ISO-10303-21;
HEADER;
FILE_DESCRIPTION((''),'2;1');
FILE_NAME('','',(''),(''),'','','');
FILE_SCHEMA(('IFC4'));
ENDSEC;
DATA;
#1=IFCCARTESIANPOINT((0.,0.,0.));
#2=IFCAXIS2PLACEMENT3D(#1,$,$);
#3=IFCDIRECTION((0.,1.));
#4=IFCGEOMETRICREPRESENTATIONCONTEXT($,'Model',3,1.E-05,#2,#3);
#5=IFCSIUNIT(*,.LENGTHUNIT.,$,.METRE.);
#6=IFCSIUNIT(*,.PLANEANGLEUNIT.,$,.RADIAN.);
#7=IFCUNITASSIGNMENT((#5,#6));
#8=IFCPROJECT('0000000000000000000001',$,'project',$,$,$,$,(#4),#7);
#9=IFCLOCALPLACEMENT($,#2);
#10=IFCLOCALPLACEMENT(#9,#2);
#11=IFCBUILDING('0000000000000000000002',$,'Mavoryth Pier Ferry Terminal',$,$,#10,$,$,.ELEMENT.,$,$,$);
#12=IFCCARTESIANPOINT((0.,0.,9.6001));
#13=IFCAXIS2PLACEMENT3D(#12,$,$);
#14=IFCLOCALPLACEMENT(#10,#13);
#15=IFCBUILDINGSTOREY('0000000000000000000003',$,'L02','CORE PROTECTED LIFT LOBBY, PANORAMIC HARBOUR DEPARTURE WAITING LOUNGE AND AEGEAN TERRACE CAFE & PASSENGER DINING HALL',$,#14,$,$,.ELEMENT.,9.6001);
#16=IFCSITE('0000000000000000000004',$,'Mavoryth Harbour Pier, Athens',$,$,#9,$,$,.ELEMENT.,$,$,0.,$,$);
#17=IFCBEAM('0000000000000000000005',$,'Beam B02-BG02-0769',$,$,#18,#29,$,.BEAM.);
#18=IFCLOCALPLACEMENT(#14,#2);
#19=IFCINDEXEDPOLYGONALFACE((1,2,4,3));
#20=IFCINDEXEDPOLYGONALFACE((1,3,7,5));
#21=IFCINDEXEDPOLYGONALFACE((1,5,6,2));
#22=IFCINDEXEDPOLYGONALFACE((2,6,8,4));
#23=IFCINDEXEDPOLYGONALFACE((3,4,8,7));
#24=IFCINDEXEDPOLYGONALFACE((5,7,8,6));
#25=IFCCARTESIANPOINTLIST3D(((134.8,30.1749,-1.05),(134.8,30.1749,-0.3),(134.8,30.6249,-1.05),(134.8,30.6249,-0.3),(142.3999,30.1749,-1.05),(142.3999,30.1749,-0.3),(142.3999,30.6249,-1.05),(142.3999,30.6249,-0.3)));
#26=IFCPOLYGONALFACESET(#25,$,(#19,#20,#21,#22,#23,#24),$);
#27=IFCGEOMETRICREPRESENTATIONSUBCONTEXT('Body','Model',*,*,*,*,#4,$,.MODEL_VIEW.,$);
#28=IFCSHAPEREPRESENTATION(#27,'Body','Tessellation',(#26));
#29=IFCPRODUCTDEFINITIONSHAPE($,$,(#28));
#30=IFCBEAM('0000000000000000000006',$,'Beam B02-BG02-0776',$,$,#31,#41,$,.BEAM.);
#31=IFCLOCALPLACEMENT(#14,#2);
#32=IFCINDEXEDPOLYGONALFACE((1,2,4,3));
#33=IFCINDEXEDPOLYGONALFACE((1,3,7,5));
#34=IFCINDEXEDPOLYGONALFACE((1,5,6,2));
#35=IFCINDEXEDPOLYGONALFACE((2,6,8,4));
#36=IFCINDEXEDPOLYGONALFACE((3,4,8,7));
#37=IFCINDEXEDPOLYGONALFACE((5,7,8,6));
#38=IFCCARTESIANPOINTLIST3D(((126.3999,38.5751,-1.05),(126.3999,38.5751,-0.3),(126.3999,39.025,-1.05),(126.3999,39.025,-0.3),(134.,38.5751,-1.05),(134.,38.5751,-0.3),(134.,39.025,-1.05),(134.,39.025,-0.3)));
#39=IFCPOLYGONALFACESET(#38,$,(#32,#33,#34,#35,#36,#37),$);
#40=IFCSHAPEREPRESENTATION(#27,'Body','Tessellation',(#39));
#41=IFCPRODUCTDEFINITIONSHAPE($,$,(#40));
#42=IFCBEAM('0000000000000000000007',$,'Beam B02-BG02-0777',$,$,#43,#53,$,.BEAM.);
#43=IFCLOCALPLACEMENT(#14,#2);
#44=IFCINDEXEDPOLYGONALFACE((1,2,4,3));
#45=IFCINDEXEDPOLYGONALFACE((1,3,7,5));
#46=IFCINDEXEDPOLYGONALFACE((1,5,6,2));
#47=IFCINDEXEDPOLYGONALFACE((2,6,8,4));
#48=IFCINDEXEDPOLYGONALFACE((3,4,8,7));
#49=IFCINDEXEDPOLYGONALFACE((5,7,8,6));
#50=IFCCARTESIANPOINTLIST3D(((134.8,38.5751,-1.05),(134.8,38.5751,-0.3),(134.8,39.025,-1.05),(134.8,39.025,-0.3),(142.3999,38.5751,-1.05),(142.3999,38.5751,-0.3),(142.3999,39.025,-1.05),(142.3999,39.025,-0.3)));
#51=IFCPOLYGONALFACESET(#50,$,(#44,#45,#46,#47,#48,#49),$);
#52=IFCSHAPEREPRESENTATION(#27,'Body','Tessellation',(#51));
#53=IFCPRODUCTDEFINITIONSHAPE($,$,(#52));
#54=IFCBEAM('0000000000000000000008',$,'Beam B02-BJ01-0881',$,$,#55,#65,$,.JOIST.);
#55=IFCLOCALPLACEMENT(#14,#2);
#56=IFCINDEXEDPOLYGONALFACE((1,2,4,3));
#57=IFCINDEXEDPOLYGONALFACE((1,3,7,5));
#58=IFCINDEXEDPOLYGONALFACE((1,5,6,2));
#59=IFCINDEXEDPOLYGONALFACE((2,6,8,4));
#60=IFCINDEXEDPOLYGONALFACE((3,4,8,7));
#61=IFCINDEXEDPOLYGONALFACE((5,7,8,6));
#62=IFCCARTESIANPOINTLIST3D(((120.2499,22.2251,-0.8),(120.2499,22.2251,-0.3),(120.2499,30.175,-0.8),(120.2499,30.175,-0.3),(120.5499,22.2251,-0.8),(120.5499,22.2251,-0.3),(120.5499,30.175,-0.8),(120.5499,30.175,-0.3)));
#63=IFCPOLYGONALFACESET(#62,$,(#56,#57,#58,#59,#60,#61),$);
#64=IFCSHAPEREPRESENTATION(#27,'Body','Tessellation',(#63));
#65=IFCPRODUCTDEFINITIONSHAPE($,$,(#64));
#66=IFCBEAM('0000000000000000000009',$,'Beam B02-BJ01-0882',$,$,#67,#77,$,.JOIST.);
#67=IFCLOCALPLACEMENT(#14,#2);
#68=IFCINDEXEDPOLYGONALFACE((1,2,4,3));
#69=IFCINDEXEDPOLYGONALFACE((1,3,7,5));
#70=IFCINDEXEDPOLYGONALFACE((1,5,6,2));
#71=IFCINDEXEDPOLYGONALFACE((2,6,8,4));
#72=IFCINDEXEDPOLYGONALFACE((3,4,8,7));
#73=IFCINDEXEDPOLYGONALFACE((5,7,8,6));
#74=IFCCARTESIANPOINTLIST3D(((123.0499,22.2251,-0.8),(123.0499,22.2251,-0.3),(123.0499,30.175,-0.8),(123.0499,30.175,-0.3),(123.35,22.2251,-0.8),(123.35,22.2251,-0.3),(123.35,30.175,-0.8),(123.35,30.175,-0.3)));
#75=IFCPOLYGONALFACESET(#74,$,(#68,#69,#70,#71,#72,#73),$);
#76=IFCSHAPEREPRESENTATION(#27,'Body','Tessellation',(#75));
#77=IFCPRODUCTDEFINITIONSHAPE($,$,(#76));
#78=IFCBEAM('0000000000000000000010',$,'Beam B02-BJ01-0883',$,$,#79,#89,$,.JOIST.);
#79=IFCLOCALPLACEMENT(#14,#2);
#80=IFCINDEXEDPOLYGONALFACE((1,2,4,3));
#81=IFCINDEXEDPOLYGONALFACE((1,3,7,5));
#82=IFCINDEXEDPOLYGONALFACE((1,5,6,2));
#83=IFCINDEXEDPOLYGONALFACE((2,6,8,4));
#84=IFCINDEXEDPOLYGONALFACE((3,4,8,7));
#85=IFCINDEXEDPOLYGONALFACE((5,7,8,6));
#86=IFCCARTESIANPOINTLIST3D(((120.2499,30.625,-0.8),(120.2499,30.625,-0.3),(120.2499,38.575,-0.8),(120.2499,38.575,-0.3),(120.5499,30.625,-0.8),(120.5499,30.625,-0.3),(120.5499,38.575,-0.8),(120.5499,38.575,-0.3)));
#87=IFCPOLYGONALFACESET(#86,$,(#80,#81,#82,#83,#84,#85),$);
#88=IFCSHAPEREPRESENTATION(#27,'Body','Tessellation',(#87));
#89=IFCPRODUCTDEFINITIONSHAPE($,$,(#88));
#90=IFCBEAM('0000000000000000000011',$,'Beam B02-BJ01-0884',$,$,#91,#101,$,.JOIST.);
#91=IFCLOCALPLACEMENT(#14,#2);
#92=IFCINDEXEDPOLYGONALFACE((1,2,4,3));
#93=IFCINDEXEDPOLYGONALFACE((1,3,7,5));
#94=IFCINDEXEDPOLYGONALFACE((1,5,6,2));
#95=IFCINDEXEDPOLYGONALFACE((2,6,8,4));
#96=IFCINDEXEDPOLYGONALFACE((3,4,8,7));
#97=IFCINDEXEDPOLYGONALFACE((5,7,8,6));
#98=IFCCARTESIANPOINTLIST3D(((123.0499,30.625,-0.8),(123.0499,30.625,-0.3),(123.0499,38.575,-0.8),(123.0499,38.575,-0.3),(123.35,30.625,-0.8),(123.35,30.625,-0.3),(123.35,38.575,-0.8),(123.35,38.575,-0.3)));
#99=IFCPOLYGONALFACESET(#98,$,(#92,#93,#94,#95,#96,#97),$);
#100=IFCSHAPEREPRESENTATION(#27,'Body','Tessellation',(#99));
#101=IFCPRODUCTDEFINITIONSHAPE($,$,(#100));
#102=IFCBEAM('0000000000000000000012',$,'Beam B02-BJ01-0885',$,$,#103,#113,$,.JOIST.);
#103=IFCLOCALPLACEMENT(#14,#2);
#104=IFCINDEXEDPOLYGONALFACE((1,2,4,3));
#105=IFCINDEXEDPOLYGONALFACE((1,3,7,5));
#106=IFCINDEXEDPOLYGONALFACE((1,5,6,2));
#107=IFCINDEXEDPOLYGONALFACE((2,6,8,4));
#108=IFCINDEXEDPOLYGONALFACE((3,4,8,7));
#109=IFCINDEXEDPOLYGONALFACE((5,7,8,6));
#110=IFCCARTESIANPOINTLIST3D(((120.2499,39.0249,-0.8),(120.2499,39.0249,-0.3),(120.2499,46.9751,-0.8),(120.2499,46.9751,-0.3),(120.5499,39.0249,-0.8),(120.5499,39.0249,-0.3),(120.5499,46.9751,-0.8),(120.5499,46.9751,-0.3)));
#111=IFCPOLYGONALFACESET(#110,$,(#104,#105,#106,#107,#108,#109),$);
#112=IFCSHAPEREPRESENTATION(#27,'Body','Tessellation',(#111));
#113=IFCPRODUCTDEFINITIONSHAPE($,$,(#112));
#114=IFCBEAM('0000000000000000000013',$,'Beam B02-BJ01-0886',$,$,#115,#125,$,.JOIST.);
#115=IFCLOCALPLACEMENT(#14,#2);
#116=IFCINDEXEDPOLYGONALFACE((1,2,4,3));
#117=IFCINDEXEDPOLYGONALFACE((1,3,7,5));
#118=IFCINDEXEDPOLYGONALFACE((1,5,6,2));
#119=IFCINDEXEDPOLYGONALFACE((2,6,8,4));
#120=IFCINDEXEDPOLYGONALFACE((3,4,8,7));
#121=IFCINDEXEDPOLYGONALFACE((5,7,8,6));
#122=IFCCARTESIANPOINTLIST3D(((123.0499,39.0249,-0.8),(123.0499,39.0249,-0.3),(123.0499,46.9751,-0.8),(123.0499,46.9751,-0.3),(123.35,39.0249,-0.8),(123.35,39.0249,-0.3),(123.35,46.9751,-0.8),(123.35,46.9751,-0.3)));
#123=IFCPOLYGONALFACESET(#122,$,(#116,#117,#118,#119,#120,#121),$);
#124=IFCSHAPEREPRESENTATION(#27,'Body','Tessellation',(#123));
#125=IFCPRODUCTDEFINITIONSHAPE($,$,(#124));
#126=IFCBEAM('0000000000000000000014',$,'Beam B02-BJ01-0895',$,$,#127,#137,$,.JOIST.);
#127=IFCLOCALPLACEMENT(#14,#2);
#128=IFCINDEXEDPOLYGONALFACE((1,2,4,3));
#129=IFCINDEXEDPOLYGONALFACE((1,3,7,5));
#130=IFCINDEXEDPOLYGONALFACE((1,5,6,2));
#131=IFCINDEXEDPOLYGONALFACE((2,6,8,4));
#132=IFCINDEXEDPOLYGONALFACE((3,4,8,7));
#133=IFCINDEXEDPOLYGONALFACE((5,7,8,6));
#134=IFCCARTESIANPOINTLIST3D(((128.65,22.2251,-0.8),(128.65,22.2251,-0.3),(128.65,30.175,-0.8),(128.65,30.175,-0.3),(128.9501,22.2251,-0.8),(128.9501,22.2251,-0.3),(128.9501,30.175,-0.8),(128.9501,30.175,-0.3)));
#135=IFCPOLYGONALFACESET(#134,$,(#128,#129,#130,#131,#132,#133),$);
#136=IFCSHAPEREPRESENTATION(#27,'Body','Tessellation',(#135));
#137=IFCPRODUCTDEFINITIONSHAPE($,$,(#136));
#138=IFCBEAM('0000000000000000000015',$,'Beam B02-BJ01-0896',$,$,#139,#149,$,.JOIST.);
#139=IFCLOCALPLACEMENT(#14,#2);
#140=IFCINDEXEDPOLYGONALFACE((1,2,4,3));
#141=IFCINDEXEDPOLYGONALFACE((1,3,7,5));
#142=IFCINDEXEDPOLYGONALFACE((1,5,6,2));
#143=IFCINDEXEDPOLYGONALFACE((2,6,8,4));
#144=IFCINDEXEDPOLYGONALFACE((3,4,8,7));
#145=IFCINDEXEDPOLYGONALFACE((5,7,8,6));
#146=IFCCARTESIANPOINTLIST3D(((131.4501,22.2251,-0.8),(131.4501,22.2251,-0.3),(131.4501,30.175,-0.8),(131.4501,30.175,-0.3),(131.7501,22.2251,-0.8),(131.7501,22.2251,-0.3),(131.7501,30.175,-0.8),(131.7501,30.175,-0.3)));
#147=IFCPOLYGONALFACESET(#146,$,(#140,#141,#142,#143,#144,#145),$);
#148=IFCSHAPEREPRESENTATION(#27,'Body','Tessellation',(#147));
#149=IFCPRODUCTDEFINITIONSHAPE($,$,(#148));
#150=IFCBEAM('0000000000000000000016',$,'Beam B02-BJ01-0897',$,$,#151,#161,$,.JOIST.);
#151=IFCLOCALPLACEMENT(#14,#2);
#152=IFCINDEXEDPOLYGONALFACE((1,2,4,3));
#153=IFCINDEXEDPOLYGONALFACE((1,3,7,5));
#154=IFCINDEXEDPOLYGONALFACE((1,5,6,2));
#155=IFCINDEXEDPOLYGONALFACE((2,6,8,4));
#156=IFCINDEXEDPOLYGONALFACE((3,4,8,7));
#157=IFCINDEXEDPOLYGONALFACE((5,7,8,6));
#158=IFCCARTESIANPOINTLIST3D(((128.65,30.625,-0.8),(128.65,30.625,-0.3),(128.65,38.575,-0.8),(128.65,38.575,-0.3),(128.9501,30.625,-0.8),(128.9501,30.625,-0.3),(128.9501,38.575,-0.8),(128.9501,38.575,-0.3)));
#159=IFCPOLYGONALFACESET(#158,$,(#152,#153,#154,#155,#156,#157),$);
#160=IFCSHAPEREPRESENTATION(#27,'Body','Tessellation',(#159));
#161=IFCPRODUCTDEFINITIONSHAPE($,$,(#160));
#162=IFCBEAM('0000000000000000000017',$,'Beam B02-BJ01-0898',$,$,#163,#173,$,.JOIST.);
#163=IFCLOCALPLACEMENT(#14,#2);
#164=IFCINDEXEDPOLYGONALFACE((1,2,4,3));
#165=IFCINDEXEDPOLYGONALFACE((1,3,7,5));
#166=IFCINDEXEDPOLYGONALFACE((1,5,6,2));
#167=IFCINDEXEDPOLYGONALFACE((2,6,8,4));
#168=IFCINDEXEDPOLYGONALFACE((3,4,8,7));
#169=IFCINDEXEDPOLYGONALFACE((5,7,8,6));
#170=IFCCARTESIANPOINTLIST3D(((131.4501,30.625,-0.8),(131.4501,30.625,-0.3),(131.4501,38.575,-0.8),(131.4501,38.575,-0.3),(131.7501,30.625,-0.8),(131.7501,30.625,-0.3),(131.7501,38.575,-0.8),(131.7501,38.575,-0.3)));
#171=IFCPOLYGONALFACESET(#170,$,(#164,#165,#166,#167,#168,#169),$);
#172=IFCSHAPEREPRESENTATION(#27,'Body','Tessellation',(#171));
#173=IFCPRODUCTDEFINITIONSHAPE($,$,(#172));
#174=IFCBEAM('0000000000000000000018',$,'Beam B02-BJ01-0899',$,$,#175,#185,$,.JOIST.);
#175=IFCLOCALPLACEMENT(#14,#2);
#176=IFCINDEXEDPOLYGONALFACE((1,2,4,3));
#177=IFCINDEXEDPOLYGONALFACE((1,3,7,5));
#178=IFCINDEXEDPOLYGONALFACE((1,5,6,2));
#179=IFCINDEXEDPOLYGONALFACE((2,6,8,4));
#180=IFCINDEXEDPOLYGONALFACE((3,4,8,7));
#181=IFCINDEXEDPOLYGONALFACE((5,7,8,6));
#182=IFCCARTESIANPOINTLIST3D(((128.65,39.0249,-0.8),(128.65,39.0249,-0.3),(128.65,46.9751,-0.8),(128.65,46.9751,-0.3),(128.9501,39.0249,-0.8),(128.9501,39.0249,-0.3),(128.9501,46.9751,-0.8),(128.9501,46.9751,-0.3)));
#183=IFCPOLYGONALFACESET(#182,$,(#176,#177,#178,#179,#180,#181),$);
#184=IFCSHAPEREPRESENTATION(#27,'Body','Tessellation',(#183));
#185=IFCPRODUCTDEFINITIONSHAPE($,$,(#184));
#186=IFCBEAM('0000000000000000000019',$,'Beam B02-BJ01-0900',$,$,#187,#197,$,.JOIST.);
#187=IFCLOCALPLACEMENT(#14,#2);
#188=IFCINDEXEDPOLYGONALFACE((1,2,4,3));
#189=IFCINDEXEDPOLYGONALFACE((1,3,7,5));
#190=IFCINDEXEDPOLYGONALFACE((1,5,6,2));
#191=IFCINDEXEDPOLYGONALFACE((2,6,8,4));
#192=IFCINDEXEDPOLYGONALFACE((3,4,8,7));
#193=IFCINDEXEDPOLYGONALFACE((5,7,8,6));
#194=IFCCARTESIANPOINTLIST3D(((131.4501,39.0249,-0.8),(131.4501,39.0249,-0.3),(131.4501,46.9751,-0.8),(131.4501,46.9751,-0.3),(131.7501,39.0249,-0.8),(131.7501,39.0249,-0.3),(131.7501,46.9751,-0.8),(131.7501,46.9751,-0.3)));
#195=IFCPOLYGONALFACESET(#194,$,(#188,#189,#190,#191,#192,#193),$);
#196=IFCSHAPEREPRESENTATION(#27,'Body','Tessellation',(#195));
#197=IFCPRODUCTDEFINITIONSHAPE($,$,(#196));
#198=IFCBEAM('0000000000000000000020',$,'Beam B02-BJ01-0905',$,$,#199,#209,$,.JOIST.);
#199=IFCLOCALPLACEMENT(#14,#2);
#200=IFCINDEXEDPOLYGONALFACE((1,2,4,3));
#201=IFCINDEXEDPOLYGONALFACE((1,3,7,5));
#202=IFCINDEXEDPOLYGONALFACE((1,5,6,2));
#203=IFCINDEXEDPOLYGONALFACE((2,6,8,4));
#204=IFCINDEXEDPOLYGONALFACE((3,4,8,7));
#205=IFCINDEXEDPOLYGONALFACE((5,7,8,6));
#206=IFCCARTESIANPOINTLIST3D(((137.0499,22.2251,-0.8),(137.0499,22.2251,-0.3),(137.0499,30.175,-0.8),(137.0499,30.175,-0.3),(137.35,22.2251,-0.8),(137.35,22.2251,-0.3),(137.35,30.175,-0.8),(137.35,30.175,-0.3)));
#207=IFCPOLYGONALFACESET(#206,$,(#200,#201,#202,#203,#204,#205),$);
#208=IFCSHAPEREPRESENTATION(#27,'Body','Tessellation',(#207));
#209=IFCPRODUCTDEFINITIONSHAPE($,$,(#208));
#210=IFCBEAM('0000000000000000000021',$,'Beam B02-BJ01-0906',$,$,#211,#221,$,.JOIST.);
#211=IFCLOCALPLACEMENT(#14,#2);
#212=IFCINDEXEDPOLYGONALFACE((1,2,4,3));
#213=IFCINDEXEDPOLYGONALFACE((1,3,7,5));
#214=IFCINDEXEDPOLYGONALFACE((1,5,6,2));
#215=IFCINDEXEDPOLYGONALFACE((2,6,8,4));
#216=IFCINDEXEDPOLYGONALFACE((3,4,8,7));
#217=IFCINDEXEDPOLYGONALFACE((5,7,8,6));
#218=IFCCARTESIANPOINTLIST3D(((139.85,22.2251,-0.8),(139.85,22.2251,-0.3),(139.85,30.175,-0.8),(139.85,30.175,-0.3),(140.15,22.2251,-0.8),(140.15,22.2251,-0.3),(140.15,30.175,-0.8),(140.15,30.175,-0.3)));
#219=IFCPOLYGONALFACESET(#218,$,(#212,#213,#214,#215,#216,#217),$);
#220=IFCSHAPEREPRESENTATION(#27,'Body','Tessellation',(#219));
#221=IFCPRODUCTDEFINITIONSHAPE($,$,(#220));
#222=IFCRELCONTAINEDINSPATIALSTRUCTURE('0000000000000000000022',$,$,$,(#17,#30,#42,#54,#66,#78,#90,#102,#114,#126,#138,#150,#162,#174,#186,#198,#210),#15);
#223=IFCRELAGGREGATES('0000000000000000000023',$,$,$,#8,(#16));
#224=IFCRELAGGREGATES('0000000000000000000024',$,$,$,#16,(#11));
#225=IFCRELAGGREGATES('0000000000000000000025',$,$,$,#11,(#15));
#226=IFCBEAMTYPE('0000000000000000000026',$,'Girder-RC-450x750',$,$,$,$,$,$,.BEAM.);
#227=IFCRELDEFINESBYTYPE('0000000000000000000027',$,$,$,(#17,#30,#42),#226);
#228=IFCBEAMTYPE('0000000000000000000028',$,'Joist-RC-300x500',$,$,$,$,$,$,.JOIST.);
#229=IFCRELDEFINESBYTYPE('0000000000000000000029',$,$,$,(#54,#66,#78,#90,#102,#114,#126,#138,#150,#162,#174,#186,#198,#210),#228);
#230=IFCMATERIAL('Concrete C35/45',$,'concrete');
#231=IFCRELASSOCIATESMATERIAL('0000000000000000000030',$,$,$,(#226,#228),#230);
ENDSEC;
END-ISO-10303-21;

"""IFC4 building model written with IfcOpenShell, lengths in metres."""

from ifc_helpers import new_model, si_unit, direction, frame, origin, origin_2d, place, context, subcontext, project, spatial, rectangle, extrude, material, material_profile, profile_set, type_object, element, save


model = new_model("IFC4")

# Units and contexts
model_context = context("Model", 3, precision=1e-05, world=origin(), true_north=direction((0.0, 1.0)))
body_context = subcontext(model_context, "Body", "Model", "MODEL_VIEW")
ifc_project = project(units=[si_unit("LENGTHUNIT", "METRE"), si_unit("PLANEANGLEUNIT", "RADIAN")], contexts=[model_context])

# Site, building, storey
site_placement = place(None, origin())
site = spatial("IfcSite", under=ifc_project, at=site_placement, Name="Mavoryth Harbour Pier, Athens", CompositionType="ELEMENT", RefElevation=0.0)
building_placement = place(site_placement, origin())
building = spatial("IfcBuilding", under=site, at=building_placement, Name="Mavoryth Pier Ferry Terminal", CompositionType="ELEMENT")
storey_placement = place(building_placement, frame((0.0, 0.0, 9.6001)))
storey = spatial("IfcBuildingStorey", under=building, at=storey_placement, Name="L02", Description="CORE PROTECTED LIFT LOBBY, PANORAMIC HARBOUR DEPARTURE WAITING LOUNGE AND AEGEAN TERRACE CAFE & PASSENGER DINING HALL", CompositionType="ELEMENT", Elevation=9.6001)

# Beams
ifc_material_1 = material(Name="Concrete C35/45", Category="concrete")
ifc_material_profile_1 = material_profile(ifc_material_1, rectangle(XDim=0.45, YDim=0.75, at=origin_2d()), Name="RC 450x750", Category="concrete")
ifc_profile_set_1 = profile_set([ifc_material_profile_1], Name="Concrete C35/45 - RC 450x750")
beam_type_1 = type_object("IfcBeamType", Name="Girder-RC-450x750", PredefinedType="BEAM", material=ifc_profile_set_1)
beam_1_placement = place(storey_placement, frame((134.8, 30.3999, -0.675), z_axis=(1.0, 0.0, 0.0), x_axis=(0.0, 1.0, 0.0)))
element("IfcBeam", 1, at=beam_1_placement, inside=storey, type_object=beam_type_1, Name="Beam B02-BG02-0769", PredefinedType="BEAM", context=body_context, shape_type="SweptSolid", body=[
    extrude(rectangle(XDim=0.45, YDim=0.75, at=origin_2d()), origin(), (0.0, 0.0, 1.0), 7.5999),
])
beam_2_placement = place(storey_placement, frame((126.3999, 38.8, -0.675), z_axis=(1.0, 0.0, 0.0), x_axis=(0.0, 1.0, 0.0)))
element("IfcBeam", 2, at=beam_2_placement, inside=storey, type_object=beam_type_1, Name="Beam B02-BG02-0776", PredefinedType="BEAM", context=body_context, shape_type="SweptSolid", body=[
    extrude(rectangle(XDim=0.45, YDim=0.75, at=origin_2d()), origin(), (0.0, 0.0, 1.0), 7.6001),
])
beam_3_placement = place(storey_placement, frame((134.8, 38.8, -0.675), z_axis=(1.0, 0.0, 0.0), x_axis=(0.0, 1.0, 0.0)))
element("IfcBeam", 3, at=beam_3_placement, inside=storey, type_object=beam_type_1, Name="Beam B02-BG02-0777", PredefinedType="BEAM", context=body_context, shape_type="SweptSolid", body=[
    extrude(rectangle(XDim=0.45, YDim=0.75, at=origin_2d()), origin(), (0.0, 0.0, 1.0), 7.5999),
])
ifc_material_profile_2 = material_profile(ifc_material_1, rectangle(XDim=0.3, YDim=0.5, at=origin_2d()), Name="RC 300x500", Category="concrete")
ifc_profile_set_2 = profile_set([ifc_material_profile_2], Name="Concrete C35/45 - RC 300x500")
beam_type_2 = type_object("IfcBeamType", Name="Joist-RC-300x500", PredefinedType="JOIST", material=ifc_profile_set_2)
for number, where, z_axis, x_axis, name in (
    (4, (120.3999, 22.2251, -0.55), (0.0, 1.0, 0.0), (-1.0, 0.0, 0.0), "Beam B02-BJ01-0881"),
    (5, (123.2, 22.2251, -0.55), (0.0, 1.0, 0.0), (-1.0, 0.0, 0.0), "Beam B02-BJ01-0882"),
    (6, (120.3999, 30.625, -0.55), (0.0, 1.0, 0.0), (-1.0, 0.0, 0.0), "Beam B02-BJ01-0883"),
    (7, (123.2, 30.625, -0.55), (0.0, 1.0, 0.0), (-1.0, 0.0, 0.0), "Beam B02-BJ01-0884"),
):
    element("IfcBeam", number, at=place(storey_placement, frame(where, z_axis=z_axis, x_axis=x_axis)), inside=storey, type_object=beam_type_2, Name=name, PredefinedType="JOIST", context=body_context, shape_type="SweptSolid", body=[
        extrude(rectangle(XDim=0.3, YDim=0.5, at=origin_2d()), origin(), (0.0, 0.0, 1.0), 7.95),
    ])
for number, where, z_axis, x_axis, name in (
    (8, (120.3999, 39.0249, -0.55), (0.0, 1.0, 0.0), (-1.0, 0.0, 0.0), "Beam B02-BJ01-0885"),
    (9, (123.2, 39.0249, -0.55), (0.0, 1.0, 0.0), (-1.0, 0.0, 0.0), "Beam B02-BJ01-0886"),
):
    element("IfcBeam", number, at=place(storey_placement, frame(where, z_axis=z_axis, x_axis=x_axis)), inside=storey, type_object=beam_type_2, Name=name, PredefinedType="JOIST", context=body_context, shape_type="SweptSolid", body=[
        extrude(rectangle(XDim=0.3, YDim=0.5, at=origin_2d()), origin(), (0.0, 0.0, 1.0), 7.9502),
    ])
for number, where, z_axis, x_axis, name in (
    (10, (128.8, 22.2251, -0.55), (0.0, 1.0, 0.0), (-1.0, 0.0, 0.0), "Beam B02-BJ01-0895"),
    (11, (131.6001, 22.2251, -0.55), (0.0, 1.0, 0.0), (-1.0, 0.0, 0.0), "Beam B02-BJ01-0896"),
    (12, (128.8, 30.625, -0.55), (0.0, 1.0, 0.0), (-1.0, 0.0, 0.0), "Beam B02-BJ01-0897"),
    (13, (131.6001, 30.625, -0.55), (0.0, 1.0, 0.0), (-1.0, 0.0, 0.0), "Beam B02-BJ01-0898"),
):
    element("IfcBeam", number, at=place(storey_placement, frame(where, z_axis=z_axis, x_axis=x_axis)), inside=storey, type_object=beam_type_2, Name=name, PredefinedType="JOIST", context=body_context, shape_type="SweptSolid", body=[
        extrude(rectangle(XDim=0.3, YDim=0.5, at=origin_2d()), origin(), (0.0, 0.0, 1.0), 7.95),
    ])
for number, where, z_axis, x_axis, name in (
    (14, (128.8, 39.0249, -0.55), (0.0, 1.0, 0.0), (-1.0, 0.0, 0.0), "Beam B02-BJ01-0899"),
    (15, (131.6001, 39.0249, -0.55), (0.0, 1.0, 0.0), (-1.0, 0.0, 0.0), "Beam B02-BJ01-0900"),
):
    element("IfcBeam", number, at=place(storey_placement, frame(where, z_axis=z_axis, x_axis=x_axis)), inside=storey, type_object=beam_type_2, Name=name, PredefinedType="JOIST", context=body_context, shape_type="SweptSolid", body=[
        extrude(rectangle(XDim=0.3, YDim=0.5, at=origin_2d()), origin(), (0.0, 0.0, 1.0), 7.9502),
    ])
for number, where, z_axis, x_axis, name in (
    (16, (137.2, 22.2251, -0.55), (0.0, 1.0, 0.0), (-1.0, 0.0, 0.0), "Beam B02-BJ01-0905"),
    (17, (140.0, 22.2251, -0.55), (0.0, 1.0, 0.0), (-1.0, 0.0, 0.0), "Beam B02-BJ01-0906"),
):
    element("IfcBeam", number, at=place(storey_placement, frame(where, z_axis=z_axis, x_axis=x_axis)), inside=storey, type_object=beam_type_2, Name=name, PredefinedType="JOIST", context=body_context, shape_type="SweptSolid", body=[
        extrude(rectangle(XDim=0.3, YDim=0.5, at=origin_2d()), origin(), (0.0, 0.0, 1.0), 7.95),
    ])

save(model, "model.ifc")
